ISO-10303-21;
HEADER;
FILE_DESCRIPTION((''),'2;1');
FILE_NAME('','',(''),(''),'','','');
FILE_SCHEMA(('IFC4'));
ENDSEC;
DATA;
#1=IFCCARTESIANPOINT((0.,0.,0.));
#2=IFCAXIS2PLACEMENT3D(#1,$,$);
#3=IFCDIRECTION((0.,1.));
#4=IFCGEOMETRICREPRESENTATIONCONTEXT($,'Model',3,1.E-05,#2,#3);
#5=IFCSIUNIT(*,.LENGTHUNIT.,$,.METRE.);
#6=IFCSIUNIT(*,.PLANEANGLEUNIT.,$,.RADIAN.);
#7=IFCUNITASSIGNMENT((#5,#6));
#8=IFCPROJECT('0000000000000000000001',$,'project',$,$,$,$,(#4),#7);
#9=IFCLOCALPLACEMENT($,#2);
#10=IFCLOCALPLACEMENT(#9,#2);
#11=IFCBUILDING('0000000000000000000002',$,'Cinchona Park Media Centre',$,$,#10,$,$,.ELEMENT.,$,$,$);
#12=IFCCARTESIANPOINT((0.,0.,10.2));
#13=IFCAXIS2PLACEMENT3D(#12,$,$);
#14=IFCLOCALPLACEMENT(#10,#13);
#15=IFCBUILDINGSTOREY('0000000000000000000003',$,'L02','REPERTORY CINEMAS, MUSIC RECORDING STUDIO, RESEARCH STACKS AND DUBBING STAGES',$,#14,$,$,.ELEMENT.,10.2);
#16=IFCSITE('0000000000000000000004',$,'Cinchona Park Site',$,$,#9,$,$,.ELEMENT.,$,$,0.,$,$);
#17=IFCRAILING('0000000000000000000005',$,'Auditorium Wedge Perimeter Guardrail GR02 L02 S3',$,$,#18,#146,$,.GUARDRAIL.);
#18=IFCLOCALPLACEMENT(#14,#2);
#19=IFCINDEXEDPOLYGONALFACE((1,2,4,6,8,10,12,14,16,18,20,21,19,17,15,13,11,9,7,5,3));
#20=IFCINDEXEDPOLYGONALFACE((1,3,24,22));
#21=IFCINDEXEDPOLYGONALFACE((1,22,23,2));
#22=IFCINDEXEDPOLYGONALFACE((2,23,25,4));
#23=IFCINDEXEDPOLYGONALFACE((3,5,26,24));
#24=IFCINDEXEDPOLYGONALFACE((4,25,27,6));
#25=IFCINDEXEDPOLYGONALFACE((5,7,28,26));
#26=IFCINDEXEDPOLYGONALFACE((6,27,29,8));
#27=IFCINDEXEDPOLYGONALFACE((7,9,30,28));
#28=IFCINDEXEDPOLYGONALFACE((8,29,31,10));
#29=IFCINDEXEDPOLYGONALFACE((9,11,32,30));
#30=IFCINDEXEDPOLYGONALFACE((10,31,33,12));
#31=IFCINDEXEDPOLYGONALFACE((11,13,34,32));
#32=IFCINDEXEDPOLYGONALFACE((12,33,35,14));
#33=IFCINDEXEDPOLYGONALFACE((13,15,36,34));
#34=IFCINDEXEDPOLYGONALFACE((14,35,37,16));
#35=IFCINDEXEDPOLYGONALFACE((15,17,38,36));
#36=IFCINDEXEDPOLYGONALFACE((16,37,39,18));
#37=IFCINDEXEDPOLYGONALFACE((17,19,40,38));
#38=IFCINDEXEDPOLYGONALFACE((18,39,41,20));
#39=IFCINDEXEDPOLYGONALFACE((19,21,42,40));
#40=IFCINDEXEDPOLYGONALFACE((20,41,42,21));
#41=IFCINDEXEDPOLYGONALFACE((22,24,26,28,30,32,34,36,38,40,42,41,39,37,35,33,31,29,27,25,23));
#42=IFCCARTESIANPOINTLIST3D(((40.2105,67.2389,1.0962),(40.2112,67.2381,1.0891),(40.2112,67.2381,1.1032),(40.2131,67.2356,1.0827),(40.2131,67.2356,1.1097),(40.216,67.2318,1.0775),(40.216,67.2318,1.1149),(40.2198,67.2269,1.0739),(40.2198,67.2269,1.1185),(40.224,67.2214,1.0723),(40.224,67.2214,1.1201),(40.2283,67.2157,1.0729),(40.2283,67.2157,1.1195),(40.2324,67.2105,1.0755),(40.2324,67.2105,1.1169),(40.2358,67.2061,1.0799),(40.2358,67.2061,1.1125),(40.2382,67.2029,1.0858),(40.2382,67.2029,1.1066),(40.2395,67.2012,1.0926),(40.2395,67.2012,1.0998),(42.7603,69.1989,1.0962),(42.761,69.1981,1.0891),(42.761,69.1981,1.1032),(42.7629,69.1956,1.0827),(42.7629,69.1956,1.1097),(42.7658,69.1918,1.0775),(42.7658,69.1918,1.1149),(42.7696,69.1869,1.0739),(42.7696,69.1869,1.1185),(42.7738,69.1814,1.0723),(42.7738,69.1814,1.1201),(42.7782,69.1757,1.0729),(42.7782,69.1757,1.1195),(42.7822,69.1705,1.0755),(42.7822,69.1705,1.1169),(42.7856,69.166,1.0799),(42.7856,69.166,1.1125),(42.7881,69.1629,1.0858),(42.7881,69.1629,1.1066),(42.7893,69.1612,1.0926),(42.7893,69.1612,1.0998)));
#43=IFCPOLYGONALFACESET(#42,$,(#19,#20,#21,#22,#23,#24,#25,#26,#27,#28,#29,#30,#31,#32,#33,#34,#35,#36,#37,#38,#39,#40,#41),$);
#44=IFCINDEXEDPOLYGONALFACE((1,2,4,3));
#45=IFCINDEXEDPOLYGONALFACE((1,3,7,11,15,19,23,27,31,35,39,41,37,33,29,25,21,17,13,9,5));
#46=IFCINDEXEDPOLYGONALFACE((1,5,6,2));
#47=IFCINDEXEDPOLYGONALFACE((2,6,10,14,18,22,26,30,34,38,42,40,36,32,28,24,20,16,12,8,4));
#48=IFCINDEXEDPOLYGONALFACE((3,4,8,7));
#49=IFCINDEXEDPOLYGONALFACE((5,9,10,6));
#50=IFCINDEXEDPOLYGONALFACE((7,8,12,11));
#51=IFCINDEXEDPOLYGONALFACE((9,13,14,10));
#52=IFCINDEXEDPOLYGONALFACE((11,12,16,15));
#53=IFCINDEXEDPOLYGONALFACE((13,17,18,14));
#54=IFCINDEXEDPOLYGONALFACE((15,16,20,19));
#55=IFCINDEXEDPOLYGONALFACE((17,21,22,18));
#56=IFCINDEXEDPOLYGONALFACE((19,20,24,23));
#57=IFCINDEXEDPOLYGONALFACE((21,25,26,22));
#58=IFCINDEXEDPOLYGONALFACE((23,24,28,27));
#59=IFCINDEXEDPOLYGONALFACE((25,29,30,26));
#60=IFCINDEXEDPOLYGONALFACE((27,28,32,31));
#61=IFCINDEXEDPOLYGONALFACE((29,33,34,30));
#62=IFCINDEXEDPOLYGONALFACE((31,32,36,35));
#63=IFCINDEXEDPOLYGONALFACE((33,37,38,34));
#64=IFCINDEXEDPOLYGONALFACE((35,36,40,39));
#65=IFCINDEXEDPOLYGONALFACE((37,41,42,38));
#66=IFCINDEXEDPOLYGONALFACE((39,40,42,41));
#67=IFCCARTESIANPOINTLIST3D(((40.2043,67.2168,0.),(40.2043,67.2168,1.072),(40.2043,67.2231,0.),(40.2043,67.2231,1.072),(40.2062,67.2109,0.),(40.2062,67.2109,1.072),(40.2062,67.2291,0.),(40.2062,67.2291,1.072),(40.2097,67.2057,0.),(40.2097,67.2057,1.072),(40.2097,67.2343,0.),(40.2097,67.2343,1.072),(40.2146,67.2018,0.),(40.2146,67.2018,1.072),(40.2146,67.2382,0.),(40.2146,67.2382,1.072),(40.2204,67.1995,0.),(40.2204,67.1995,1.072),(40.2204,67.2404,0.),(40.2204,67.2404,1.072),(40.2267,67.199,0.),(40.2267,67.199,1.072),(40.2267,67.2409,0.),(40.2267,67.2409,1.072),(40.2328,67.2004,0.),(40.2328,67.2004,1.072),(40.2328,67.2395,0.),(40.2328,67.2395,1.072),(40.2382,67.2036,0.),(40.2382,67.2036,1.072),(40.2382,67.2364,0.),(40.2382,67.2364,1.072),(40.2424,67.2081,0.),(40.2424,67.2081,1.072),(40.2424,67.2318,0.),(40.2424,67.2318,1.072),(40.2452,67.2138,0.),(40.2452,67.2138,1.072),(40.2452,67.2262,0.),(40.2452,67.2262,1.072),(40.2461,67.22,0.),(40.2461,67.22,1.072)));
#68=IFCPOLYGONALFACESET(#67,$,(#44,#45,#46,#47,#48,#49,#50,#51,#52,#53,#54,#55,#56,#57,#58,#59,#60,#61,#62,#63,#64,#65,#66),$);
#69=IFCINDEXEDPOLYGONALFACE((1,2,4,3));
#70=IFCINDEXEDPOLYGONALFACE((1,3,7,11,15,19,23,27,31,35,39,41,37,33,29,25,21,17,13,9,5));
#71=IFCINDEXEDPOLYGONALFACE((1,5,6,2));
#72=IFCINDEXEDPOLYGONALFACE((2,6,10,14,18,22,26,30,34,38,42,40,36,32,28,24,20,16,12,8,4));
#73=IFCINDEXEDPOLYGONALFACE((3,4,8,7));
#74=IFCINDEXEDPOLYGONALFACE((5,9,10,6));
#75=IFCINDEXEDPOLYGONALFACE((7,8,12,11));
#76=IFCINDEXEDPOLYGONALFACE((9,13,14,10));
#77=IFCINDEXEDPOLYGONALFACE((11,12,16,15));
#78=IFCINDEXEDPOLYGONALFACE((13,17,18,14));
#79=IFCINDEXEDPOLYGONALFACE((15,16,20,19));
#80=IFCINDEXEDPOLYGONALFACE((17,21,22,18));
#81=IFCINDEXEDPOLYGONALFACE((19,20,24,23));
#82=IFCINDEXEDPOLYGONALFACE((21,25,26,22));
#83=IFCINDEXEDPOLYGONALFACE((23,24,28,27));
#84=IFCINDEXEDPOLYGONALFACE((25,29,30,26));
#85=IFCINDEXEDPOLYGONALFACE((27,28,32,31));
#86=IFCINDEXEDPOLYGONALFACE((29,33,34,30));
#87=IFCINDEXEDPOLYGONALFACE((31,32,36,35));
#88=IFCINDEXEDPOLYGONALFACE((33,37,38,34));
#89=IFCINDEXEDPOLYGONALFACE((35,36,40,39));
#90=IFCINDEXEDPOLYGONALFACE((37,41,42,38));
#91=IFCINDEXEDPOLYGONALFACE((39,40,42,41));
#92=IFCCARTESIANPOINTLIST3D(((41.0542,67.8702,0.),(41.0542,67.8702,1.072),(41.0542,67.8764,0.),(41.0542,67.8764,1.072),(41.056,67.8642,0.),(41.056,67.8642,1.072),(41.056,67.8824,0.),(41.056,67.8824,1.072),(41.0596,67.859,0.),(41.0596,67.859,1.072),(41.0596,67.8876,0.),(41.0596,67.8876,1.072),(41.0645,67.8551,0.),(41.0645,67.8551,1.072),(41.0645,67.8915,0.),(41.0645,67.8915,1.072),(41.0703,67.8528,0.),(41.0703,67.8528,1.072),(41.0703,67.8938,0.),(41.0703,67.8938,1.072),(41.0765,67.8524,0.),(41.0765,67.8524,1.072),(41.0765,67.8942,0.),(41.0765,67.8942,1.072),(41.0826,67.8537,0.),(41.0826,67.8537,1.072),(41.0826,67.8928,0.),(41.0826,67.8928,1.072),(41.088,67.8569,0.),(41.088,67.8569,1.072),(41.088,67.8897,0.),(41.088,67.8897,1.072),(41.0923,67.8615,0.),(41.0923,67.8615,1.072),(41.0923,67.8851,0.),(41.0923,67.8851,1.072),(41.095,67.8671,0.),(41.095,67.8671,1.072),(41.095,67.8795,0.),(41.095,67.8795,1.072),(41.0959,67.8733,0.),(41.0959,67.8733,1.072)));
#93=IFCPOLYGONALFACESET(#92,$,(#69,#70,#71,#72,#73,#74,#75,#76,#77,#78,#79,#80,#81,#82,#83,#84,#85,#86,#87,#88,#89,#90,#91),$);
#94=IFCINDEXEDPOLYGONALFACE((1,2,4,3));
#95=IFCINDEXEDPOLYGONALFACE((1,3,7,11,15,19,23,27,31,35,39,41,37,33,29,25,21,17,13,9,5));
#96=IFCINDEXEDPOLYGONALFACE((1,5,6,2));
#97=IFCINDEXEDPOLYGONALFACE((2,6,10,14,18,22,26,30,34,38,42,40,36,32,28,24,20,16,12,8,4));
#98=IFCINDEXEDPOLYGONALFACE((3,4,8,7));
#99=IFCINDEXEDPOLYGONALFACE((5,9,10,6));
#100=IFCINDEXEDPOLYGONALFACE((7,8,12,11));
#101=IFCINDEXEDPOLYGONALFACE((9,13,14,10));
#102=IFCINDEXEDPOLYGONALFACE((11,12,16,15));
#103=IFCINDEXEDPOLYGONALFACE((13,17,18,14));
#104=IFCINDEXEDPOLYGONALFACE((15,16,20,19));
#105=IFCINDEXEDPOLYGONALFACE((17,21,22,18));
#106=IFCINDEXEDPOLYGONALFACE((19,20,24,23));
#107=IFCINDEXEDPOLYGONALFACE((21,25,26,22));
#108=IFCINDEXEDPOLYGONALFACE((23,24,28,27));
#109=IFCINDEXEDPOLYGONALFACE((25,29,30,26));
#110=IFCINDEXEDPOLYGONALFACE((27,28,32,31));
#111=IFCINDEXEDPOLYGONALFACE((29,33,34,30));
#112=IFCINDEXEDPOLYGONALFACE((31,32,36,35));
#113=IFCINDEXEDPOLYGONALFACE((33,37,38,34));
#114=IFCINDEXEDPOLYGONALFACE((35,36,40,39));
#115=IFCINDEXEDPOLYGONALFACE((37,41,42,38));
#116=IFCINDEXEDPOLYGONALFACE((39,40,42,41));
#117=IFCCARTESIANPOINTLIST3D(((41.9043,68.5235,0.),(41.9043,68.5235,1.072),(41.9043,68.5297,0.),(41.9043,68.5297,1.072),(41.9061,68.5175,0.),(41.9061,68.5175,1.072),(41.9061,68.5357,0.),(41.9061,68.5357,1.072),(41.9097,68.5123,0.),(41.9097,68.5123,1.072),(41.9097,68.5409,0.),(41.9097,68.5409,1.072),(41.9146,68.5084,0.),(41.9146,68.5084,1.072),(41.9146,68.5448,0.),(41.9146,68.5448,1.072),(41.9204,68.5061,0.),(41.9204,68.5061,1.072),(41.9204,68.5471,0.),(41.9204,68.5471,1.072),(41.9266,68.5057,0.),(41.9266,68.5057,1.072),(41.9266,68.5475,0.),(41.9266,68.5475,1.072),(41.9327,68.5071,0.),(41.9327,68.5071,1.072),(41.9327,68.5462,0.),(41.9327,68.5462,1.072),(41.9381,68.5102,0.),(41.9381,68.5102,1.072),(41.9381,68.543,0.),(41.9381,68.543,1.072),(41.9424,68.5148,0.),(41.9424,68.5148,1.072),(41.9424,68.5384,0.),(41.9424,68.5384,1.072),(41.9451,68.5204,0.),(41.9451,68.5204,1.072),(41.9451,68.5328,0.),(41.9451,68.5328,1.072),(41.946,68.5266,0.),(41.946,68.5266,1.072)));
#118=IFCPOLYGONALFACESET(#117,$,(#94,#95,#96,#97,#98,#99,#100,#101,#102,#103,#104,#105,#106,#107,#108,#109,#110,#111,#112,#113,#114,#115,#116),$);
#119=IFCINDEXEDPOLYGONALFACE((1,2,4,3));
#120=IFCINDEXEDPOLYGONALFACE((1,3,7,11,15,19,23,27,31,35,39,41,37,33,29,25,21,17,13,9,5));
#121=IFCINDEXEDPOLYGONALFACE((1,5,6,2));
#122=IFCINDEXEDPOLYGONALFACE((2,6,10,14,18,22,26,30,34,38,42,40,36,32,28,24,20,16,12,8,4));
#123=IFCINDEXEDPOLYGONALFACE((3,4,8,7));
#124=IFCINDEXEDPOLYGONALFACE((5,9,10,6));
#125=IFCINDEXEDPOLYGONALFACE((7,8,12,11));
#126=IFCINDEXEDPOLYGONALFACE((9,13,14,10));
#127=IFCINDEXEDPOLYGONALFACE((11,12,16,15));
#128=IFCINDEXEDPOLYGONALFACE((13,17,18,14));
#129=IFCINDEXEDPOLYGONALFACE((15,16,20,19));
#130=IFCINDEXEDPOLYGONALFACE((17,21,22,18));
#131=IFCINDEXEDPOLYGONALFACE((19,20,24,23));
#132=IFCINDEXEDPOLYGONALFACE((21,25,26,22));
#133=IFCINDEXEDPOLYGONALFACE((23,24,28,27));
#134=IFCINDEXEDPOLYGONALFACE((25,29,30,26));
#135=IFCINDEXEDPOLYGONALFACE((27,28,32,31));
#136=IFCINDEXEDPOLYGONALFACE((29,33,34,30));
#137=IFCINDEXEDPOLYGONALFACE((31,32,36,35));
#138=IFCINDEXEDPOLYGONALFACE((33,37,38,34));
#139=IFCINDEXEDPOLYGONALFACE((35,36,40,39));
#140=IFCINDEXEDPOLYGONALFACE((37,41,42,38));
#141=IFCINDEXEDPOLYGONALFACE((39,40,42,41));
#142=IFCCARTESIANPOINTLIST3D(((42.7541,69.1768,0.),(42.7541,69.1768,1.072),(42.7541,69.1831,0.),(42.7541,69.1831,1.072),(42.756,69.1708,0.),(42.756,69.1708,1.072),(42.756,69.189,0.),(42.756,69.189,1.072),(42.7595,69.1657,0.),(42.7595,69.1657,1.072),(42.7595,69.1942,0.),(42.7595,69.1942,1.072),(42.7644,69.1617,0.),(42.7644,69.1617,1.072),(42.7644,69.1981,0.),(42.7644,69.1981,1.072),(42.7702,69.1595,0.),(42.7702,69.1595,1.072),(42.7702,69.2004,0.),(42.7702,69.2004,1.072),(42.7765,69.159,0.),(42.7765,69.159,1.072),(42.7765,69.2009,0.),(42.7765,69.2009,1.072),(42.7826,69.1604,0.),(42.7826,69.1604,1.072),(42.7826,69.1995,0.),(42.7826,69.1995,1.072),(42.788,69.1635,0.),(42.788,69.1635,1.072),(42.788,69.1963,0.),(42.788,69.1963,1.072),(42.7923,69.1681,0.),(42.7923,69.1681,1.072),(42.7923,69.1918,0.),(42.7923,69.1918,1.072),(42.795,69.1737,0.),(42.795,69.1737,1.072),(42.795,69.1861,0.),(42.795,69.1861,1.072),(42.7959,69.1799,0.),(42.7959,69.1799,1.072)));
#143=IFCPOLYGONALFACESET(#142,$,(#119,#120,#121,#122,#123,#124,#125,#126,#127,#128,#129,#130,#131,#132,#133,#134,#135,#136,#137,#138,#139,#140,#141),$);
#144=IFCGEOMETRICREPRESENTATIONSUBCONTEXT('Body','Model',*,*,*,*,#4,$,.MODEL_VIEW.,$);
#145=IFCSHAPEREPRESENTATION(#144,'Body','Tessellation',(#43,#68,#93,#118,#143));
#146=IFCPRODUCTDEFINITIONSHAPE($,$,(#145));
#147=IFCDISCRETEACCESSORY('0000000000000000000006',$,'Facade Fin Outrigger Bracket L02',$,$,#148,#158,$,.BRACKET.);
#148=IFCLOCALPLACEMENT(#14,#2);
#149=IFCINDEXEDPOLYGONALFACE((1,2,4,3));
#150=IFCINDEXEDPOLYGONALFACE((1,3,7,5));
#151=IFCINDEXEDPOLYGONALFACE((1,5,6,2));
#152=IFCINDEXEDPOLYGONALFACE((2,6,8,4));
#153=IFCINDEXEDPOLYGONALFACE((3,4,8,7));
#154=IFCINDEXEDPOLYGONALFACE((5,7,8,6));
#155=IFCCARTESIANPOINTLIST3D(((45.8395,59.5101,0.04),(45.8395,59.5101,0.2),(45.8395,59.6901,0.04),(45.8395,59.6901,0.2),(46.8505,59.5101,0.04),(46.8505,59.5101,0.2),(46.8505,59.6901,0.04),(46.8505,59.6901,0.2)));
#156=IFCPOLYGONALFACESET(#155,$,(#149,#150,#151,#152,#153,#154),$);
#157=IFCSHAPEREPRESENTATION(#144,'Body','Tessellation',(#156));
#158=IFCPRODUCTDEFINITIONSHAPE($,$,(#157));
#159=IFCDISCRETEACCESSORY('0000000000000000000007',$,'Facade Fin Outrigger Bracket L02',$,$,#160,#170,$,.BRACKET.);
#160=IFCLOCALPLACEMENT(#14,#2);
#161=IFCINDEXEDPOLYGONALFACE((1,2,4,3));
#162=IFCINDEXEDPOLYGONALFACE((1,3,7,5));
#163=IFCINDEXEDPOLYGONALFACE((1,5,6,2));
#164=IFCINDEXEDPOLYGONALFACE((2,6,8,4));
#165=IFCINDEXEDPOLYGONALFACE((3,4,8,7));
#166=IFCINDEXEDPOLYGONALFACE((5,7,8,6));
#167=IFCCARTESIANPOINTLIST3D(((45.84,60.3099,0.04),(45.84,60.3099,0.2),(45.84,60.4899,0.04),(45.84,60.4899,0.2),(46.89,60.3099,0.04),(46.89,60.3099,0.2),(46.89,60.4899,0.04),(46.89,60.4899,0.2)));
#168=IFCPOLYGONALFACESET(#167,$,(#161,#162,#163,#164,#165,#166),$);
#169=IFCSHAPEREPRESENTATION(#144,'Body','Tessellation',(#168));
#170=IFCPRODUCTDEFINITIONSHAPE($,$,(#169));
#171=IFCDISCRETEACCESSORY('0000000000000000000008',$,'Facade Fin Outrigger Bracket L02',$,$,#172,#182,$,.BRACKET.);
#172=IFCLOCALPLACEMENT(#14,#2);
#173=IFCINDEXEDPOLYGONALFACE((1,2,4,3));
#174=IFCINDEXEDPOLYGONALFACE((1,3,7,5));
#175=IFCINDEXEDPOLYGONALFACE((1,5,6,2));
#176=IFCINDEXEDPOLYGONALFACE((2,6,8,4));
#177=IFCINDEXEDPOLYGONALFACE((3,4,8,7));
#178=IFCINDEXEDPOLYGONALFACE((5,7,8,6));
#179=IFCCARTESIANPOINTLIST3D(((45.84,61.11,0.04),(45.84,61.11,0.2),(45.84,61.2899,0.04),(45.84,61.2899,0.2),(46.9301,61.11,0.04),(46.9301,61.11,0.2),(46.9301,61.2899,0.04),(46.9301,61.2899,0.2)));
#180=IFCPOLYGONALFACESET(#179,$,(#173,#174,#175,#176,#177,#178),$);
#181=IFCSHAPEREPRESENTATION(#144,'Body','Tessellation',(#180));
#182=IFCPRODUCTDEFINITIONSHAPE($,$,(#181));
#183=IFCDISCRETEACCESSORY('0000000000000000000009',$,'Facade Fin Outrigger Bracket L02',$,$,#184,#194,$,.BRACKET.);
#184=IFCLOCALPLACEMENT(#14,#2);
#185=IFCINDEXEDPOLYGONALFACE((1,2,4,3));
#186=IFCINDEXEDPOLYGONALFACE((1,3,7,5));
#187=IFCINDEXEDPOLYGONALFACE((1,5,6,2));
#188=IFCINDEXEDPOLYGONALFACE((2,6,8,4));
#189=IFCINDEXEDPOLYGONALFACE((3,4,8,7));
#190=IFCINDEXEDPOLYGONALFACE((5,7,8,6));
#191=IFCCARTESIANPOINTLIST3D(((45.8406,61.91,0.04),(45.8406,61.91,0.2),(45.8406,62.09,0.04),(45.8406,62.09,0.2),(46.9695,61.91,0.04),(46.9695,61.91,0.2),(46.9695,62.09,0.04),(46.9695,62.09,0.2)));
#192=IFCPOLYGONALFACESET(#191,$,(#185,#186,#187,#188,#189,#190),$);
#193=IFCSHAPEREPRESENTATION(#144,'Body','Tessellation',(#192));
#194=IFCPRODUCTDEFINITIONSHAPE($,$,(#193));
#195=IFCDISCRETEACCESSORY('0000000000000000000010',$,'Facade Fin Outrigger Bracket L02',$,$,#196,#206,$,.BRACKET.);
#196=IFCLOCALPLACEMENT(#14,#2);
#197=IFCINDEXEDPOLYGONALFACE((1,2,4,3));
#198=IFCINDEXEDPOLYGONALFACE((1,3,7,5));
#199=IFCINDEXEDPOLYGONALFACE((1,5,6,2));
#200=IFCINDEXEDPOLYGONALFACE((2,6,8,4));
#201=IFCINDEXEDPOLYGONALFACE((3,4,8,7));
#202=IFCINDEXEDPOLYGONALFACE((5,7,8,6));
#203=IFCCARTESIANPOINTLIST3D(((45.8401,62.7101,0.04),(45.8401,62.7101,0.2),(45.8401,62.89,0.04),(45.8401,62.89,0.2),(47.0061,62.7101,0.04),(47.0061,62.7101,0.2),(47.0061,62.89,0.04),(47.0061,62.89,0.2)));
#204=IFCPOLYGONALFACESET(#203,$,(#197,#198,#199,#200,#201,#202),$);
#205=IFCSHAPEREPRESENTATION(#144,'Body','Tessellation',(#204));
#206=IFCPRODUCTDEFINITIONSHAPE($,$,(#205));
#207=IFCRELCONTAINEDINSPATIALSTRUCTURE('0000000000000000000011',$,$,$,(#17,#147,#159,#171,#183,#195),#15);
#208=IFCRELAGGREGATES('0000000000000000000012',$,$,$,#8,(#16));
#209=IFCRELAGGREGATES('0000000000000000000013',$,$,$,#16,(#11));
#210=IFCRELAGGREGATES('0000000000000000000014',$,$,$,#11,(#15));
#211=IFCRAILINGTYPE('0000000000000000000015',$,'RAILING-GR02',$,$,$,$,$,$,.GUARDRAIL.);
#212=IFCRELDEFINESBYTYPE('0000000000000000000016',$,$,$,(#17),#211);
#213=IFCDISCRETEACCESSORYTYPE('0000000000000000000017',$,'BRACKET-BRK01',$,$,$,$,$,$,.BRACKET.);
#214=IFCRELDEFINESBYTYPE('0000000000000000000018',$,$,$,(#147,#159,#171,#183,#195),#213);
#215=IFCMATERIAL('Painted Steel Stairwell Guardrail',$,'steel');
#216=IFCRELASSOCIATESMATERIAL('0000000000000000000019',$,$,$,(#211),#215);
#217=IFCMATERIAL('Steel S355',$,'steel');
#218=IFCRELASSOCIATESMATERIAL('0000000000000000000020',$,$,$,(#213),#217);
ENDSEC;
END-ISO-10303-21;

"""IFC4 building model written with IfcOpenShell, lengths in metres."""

from ifc_helpers import new_model, si_unit, direction, frame, origin, origin_2d, place, context, subcontext, project, spatial, rectangle, circle, extrude, material, type_object, element, save


model = new_model("IFC4")

# Units and contexts
model_context = context("Model", 3, precision=1e-05, world=origin(), true_north=direction((0.0, 1.0)))
body_context = subcontext(model_context, "Body", "Model", "MODEL_VIEW")
ifc_project = project(units=[si_unit("LENGTHUNIT", "METRE"), si_unit("PLANEANGLEUNIT", "RADIAN")], contexts=[model_context])

# Site, building, storey
site_placement = place(None, origin())
site = spatial("IfcSite", under=ifc_project, at=site_placement, Name="Cinchona Park Site", CompositionType="ELEMENT", RefElevation=0.0)
building_placement = place(site_placement, origin())
building = spatial("IfcBuilding", under=site, at=building_placement, Name="Cinchona Park Media Centre", CompositionType="ELEMENT")
storey_placement = place(building_placement, frame((0.0, 0.0, 10.2)))
storey = spatial("IfcBuildingStorey", under=building, at=storey_placement, Name="L02", Description="REPERTORY CINEMAS, MUSIC RECORDING STUDIO, RESEARCH STACKS AND DUBBING STAGES", CompositionType="ELEMENT", Elevation=10.2)

# Railing
ifc_material_1 = material(Name="Painted Steel Stairwell Guardrail", Category="steel")
railing_type = type_object("IfcRailingType", Name="RAILING-GR02", PredefinedType="GUARDRAIL", material=ifc_material_1)
railing_1_placement = place(storey_placement, frame((40.2251, 67.22, 0.0)))
element("IfcRailing", 1, at=railing_1_placement, inside=storey, type_object=railing_type, Name="Auditorium Wedge Perimeter Guardrail GR02 L02 S3", PredefinedType="GUARDRAIL", context=body_context, shape_type="SweptSolid", body=[
    extrude(circle(Radius=0.0239, at=origin_2d()), frame((0.0, 0.0, 1.0962), z_axis=(0.792838, 0.609432, 0.0), x_axis=(-0.609432, 0.792838, 0.0)), (0.0, 0.0, 1.0), 3.2161),
    extrude(circle(Radius=0.021, at=origin_2d()), origin(), (0.0, 0.0, 1.0), 1.072),
    extrude(circle(Radius=0.021, at=origin_2d()), frame((0.8499, 0.6533, 0.0)), (0.0, 0.0, 1.0), 1.072),
    extrude(circle(Radius=0.021, at=origin_2d()), frame((1.7, 1.3066, 0.0)), (0.0, 0.0, 1.0), 1.072),
    extrude(circle(Radius=0.021, at=origin_2d()), frame((2.5498, 1.96, 0.0)), (0.0, 0.0, 1.0), 1.072),
])

# Discrete accessories
ifc_material_2 = material(Name="Steel S355", Category="steel")
discrete_accessory_type = type_object("IfcDiscreteAccessoryType", Name="BRACKET-BRK01", PredefinedType="BRACKET", material=ifc_material_2)
discrete_accessory_1_placement = place(storey_placement, frame((46.345, 59.6001, 0.04), z_axis=(0.0, 0.0, 1.0), x_axis=(0.0, 1.0, 0.0)))
element("IfcDiscreteAccessory", 2, at=discrete_accessory_1_placement, inside=storey, type_object=discrete_accessory_type, Name="Facade Fin Outrigger Bracket L02", PredefinedType="BRACKET", context=body_context, shape_type="SweptSolid", body=[
    extrude(rectangle(XDim=0.1799, YDim=1.011, at=origin_2d()), origin(), (0.0, 0.0, 1.0), 0.1599),
])
discrete_accessory_2_placement = place(storey_placement, frame((46.365, 60.3999, 0.04), z_axis=(0.0, 0.0, 1.0), x_axis=(0.0, 1.0, 0.0)))
element("IfcDiscreteAccessory", 3, at=discrete_accessory_2_placement, inside=storey, type_object=discrete_accessory_type, Name="Facade Fin Outrigger Bracket L02", PredefinedType="BRACKET", context=body_context, shape_type="SweptSolid", body=[
    extrude(rectangle(XDim=0.1799, YDim=1.05, at=origin_2d()), origin(), (0.0, 0.0, 1.0), 0.1599),
])
discrete_accessory_3_placement = place(storey_placement, frame((46.385, 61.2, 0.04), z_axis=(0.0, 0.0, 1.0), x_axis=(0.0, 1.0, 0.0)))
element("IfcDiscreteAccessory", 4, at=discrete_accessory_3_placement, inside=storey, type_object=discrete_accessory_type, Name="Facade Fin Outrigger Bracket L02", PredefinedType="BRACKET", context=body_context, shape_type="SweptSolid", body=[
    extrude(rectangle(XDim=0.1799, YDim=1.0901, at=origin_2d()), origin(), (0.0, 0.0, 1.0), 0.1599),
])
discrete_accessory_4_placement = place(storey_placement, frame((46.405, 62.0, 0.04), z_axis=(0.0, 0.0, 1.0), x_axis=(0.0, 1.0, 0.0)))
element("IfcDiscreteAccessory", 5, at=discrete_accessory_4_placement, inside=storey, type_object=discrete_accessory_type, Name="Facade Fin Outrigger Bracket L02", PredefinedType="BRACKET", context=body_context, shape_type="SweptSolid", body=[
    extrude(rectangle(XDim=0.1799, YDim=1.1289, at=origin_2d()), origin(), (0.0, 0.0, 1.0), 0.1599),
])
discrete_accessory_5_placement = place(storey_placement, frame((46.4231, 62.8, 0.04), z_axis=(0.0, 0.0, 1.0), x_axis=(0.0, 1.0, 0.0)))
element("IfcDiscreteAccessory", 6, at=discrete_accessory_5_placement, inside=storey, type_object=discrete_accessory_type, Name="Facade Fin Outrigger Bracket L02", PredefinedType="BRACKET", context=body_context, shape_type="SweptSolid", body=[
    extrude(rectangle(XDim=0.1799, YDim=1.166, at=origin_2d()), origin(), (0.0, 0.0, 1.0), 0.1599),
])

save(model, "model.ifc")
